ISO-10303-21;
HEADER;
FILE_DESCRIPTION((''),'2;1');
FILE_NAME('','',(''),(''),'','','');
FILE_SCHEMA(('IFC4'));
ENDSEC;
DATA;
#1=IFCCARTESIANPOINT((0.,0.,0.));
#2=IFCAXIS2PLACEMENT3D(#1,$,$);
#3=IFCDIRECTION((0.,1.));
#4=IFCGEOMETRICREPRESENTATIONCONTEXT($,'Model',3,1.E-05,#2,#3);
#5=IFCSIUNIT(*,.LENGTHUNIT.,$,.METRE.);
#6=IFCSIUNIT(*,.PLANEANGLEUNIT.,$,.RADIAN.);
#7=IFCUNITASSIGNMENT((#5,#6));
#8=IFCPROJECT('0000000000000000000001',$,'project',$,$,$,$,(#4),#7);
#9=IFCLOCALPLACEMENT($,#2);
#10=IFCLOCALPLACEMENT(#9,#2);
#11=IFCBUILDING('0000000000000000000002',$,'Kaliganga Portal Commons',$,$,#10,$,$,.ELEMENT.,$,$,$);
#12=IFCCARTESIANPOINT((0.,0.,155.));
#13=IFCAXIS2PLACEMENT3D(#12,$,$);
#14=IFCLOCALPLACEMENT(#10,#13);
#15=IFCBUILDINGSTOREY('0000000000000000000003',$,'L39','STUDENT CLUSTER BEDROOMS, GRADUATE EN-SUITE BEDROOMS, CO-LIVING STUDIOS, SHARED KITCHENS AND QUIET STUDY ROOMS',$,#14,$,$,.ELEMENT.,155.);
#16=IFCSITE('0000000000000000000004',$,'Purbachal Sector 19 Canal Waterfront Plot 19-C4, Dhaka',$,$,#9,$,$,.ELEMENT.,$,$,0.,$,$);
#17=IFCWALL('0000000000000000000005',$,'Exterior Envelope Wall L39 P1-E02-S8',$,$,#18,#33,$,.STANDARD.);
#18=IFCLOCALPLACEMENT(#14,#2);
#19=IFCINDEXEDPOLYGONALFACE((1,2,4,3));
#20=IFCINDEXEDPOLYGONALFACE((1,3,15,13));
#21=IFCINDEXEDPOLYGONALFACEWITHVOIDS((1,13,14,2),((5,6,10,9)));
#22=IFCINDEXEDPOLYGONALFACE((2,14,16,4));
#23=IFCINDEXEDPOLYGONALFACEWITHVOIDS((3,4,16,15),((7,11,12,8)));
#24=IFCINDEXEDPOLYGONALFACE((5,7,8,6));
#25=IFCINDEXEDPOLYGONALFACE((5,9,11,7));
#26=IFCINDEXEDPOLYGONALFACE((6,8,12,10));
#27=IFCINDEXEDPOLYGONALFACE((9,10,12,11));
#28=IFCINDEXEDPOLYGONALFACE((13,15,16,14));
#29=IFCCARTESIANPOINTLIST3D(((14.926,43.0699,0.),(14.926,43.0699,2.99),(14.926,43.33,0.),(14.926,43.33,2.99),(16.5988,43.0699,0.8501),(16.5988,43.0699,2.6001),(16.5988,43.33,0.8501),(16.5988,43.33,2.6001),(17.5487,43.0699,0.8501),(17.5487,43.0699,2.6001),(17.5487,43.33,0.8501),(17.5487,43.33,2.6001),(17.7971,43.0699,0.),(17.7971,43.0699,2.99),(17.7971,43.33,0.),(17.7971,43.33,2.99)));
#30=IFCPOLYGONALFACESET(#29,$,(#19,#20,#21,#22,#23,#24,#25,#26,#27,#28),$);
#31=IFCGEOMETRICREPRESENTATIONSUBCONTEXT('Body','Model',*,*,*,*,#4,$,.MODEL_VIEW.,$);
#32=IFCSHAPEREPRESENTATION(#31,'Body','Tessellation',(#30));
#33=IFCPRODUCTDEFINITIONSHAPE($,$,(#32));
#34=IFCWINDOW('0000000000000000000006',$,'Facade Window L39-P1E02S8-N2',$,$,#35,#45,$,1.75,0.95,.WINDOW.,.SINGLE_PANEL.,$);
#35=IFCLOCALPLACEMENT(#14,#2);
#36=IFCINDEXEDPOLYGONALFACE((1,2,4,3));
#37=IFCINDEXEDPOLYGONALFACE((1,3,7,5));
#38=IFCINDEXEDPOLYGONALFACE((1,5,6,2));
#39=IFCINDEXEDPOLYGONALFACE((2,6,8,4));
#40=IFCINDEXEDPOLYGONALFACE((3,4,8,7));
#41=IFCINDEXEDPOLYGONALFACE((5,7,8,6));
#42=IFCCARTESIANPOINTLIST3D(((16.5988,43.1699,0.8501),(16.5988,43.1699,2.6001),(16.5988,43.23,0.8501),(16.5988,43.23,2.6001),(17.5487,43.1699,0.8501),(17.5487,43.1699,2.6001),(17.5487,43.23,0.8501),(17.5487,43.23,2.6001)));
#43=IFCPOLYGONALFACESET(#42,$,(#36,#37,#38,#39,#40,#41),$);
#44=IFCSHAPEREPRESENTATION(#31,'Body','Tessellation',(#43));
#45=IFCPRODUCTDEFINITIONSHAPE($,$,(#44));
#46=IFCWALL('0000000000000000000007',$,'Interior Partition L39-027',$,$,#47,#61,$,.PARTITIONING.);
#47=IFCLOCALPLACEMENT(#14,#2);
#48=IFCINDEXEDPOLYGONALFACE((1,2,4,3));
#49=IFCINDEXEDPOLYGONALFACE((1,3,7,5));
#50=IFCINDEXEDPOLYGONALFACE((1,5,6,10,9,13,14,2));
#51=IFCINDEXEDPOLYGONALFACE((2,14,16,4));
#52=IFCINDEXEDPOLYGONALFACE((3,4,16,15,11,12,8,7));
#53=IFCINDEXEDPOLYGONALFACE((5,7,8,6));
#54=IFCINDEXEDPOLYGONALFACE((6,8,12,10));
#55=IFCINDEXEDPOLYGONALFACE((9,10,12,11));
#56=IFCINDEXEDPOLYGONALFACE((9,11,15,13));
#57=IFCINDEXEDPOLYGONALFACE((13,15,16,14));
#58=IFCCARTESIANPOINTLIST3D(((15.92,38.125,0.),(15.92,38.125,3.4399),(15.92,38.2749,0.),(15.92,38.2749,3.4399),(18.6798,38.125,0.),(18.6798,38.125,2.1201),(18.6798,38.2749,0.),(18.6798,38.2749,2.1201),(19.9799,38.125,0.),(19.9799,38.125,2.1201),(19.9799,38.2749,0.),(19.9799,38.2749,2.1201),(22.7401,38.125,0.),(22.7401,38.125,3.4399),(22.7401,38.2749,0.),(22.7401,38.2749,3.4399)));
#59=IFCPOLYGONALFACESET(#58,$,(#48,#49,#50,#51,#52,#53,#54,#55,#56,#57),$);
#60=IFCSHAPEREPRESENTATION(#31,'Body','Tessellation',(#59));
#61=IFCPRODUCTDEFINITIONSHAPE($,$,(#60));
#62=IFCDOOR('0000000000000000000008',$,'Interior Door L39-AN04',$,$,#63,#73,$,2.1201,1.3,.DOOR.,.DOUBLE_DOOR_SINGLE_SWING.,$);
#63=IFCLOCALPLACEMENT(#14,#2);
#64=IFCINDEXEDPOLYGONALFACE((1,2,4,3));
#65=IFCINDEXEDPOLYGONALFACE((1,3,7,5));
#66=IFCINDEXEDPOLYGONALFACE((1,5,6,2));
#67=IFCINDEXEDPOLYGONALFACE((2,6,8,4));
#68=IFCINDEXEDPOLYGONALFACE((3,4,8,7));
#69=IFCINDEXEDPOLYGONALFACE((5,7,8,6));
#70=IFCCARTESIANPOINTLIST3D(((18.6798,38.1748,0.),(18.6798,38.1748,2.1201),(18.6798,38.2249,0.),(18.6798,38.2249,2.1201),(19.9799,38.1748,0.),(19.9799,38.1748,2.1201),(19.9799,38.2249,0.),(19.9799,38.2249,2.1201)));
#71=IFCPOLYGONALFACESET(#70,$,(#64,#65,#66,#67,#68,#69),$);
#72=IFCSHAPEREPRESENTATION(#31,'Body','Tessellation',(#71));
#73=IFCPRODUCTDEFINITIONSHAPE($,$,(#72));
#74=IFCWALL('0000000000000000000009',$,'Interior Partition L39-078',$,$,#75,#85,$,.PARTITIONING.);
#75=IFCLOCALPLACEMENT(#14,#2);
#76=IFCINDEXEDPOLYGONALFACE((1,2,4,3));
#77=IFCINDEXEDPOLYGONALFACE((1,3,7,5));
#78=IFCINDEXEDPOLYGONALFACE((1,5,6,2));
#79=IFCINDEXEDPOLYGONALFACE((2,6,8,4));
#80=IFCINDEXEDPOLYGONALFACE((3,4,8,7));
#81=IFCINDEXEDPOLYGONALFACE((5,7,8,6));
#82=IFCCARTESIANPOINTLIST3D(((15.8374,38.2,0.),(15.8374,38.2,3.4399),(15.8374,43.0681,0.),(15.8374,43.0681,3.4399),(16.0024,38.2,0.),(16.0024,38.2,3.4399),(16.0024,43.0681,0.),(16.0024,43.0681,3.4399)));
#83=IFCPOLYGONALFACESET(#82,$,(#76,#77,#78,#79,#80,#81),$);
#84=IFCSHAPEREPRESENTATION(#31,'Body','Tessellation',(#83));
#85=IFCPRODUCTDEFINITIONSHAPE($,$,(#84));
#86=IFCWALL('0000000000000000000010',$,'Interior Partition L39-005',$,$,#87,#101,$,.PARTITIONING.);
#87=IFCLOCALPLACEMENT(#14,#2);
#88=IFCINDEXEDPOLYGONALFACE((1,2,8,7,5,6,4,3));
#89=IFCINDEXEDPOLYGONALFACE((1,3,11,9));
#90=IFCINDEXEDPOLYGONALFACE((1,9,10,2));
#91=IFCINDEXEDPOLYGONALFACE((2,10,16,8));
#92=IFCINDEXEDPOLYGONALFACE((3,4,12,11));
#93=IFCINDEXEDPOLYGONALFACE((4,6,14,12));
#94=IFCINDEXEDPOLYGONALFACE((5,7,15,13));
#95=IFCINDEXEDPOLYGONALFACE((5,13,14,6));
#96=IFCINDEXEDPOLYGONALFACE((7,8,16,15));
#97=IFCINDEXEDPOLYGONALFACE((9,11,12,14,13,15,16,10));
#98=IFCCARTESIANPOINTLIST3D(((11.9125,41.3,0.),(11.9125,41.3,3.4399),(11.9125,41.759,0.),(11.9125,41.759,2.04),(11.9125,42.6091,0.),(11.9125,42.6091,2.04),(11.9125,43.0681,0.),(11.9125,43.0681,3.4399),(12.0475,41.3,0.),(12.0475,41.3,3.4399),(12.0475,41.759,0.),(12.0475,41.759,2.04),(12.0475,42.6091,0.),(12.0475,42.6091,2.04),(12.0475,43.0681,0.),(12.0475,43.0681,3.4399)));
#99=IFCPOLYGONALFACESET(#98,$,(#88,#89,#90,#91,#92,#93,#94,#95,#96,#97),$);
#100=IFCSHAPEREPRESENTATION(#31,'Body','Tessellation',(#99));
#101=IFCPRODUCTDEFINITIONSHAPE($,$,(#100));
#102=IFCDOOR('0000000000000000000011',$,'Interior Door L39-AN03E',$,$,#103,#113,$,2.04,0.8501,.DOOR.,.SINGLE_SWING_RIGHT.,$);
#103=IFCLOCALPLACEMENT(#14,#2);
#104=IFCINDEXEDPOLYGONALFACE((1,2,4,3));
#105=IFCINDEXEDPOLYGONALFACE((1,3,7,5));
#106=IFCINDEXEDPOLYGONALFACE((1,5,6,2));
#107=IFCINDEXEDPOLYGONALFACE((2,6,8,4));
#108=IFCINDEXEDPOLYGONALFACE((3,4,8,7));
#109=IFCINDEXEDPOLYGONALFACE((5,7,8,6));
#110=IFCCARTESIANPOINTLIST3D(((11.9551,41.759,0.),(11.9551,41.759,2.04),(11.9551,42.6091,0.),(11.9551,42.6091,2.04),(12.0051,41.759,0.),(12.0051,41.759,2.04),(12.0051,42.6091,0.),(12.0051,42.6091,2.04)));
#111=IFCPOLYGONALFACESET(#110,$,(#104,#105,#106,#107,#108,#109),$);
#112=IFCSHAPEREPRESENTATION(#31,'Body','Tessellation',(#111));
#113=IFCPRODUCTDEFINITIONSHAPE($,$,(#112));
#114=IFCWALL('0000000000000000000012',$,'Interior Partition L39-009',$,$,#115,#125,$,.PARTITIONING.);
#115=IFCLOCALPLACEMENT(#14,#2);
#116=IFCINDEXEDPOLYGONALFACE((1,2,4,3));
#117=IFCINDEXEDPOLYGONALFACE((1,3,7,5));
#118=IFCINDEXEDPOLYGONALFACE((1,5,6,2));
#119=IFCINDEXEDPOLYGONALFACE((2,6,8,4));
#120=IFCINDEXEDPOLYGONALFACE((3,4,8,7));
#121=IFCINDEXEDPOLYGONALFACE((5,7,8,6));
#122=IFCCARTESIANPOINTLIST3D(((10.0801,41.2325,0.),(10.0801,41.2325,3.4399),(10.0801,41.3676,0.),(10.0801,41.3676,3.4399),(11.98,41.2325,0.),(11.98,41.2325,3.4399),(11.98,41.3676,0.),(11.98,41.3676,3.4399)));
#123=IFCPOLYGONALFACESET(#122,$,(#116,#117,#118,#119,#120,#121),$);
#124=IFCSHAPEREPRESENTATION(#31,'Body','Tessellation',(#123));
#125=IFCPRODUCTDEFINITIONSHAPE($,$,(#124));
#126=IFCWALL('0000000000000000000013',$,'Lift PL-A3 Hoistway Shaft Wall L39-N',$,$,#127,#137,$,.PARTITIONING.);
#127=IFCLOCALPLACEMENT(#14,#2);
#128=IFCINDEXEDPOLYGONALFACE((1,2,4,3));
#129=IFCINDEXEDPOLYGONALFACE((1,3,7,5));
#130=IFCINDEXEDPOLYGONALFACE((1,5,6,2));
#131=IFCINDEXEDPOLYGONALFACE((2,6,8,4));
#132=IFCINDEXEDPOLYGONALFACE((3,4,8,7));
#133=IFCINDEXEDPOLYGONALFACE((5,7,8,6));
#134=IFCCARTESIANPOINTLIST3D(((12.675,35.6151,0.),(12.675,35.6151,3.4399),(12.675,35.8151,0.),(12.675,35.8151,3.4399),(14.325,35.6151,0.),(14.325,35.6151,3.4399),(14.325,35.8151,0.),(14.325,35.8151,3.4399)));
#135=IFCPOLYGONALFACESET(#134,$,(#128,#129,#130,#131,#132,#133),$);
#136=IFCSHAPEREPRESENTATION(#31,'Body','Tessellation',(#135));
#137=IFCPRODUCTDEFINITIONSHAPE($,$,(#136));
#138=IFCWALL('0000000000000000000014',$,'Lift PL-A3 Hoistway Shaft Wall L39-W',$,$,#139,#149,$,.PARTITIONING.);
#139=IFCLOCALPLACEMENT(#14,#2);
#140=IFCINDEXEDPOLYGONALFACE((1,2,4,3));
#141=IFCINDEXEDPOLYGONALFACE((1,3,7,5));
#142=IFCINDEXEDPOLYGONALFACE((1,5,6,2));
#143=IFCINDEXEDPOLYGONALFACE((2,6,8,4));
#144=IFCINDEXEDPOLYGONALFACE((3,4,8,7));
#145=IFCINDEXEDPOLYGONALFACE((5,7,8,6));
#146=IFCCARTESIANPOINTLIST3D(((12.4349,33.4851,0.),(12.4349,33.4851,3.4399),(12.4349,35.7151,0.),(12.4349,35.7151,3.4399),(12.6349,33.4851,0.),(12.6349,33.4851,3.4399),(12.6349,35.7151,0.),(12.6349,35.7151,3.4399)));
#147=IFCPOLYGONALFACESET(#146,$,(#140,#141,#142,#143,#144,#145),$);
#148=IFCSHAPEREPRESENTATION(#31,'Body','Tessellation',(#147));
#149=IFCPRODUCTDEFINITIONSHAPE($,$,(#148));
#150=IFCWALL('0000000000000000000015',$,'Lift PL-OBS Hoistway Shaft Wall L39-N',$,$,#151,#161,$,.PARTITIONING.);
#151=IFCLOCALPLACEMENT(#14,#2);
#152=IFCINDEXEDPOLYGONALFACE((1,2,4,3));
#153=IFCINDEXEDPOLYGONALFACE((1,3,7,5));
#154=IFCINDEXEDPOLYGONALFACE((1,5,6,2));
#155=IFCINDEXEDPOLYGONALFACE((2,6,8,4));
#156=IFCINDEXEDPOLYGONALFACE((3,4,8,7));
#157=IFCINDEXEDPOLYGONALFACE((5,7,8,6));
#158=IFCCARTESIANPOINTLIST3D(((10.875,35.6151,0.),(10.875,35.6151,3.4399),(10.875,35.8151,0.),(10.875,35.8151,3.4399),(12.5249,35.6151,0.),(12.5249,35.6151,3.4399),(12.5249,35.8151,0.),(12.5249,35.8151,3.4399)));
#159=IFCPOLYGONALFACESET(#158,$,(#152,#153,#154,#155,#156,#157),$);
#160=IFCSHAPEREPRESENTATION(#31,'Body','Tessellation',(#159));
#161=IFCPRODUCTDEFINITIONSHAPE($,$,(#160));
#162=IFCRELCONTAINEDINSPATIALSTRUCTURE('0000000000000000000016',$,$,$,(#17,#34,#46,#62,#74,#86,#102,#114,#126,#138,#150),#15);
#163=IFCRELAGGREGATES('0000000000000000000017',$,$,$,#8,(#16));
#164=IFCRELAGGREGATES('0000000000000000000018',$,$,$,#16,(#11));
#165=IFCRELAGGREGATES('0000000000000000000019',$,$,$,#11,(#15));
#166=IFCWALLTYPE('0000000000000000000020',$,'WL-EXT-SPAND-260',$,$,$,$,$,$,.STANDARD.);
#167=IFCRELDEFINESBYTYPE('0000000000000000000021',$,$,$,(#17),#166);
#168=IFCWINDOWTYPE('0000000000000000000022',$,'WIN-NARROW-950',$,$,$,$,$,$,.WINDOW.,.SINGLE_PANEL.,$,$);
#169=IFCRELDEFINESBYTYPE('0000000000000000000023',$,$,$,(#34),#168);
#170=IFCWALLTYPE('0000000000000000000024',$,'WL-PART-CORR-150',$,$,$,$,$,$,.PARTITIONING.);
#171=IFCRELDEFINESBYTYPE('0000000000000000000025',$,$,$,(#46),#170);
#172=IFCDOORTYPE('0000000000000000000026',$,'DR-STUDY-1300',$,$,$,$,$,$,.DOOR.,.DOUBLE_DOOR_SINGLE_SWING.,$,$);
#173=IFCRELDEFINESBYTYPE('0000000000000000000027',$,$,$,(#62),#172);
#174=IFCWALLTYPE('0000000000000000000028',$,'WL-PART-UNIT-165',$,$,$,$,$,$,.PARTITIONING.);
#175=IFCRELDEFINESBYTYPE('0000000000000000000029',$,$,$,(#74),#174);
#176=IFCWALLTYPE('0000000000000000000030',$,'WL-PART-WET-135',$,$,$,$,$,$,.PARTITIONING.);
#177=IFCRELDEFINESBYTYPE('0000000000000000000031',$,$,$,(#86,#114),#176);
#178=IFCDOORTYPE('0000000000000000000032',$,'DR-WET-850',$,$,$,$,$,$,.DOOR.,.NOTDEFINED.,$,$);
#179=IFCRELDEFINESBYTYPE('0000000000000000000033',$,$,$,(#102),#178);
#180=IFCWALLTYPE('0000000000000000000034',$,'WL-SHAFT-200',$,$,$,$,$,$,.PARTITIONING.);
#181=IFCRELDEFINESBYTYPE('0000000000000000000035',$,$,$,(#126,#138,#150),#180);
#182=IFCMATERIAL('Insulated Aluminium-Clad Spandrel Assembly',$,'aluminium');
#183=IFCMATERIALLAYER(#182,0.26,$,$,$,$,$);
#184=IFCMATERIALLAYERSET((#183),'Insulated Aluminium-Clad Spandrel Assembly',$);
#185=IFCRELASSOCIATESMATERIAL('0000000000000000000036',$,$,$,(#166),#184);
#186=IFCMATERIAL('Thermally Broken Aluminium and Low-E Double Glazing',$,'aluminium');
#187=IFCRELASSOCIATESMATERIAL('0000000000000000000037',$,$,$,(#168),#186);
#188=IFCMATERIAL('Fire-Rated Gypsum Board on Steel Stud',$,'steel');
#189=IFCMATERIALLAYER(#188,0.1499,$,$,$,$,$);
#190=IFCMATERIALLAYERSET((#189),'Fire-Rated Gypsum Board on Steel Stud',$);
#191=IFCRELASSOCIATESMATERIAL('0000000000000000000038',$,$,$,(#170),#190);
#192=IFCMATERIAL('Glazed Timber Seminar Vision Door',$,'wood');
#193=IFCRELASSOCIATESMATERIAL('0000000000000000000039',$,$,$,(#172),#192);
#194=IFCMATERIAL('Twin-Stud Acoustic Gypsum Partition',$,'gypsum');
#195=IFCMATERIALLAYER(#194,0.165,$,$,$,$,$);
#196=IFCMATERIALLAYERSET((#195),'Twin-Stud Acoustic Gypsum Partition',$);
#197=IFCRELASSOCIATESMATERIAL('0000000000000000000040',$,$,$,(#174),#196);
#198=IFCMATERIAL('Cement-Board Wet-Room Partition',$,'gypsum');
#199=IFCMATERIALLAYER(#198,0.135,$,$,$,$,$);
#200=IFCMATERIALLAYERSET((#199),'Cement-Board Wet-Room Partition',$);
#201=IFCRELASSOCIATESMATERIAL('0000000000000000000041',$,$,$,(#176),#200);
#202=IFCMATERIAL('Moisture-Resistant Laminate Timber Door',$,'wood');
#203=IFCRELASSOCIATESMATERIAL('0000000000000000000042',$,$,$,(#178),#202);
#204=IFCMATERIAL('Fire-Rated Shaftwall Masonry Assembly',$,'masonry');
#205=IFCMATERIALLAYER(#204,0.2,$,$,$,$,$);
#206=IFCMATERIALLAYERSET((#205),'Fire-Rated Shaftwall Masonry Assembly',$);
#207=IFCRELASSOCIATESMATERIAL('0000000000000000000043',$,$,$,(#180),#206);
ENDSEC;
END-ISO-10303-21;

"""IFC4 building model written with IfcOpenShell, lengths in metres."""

from ifc_helpers import new_model, si_unit, direction, frame, frame_2d, origin, place, context, subcontext, project, spatial, rectangle, extrude, material, layer, layer_set, type_object, element, fill, save


model = new_model("IFC4")

# Units and contexts
model_context = context("Model", 3, precision=1e-05, world=origin(), true_north=direction((0.0, 1.0)))
body_context = subcontext(model_context, "Body", "Model", "MODEL_VIEW")
ifc_project = project(units=[si_unit("LENGTHUNIT", "METRE"), si_unit("PLANEANGLEUNIT", "RADIAN")], contexts=[model_context])

# Site, building, storey
site_placement = place(None, origin())
site = spatial("IfcSite", under=ifc_project, at=site_placement, Name="Purbachal Sector 19 Canal Waterfront Plot 19-C4, Dhaka", CompositionType="ELEMENT", RefElevation=0.0)
building_placement = place(site_placement, origin())
building = spatial("IfcBuilding", under=site, at=building_placement, Name="Kaliganga Portal Commons", CompositionType="ELEMENT")
storey_placement = place(building_placement, frame((0.0, 0.0, 155.0)))
storey = spatial("IfcBuildingStorey", under=building, at=storey_placement, Name="L39", Description="STUDENT CLUSTER BEDROOMS, GRADUATE EN-SUITE BEDROOMS, CO-LIVING STUDIOS, SHARED KITCHENS AND QUIET STUDY ROOMS", CompositionType="ELEMENT", Elevation=155.0)

# Wall, opening, window
ifc_material_1 = material(Name="Insulated Aluminium-Clad Spandrel Assembly", Category="aluminium")
ifc_layer_1 = layer(ifc_material_1, 0.26)
ifc_layer_set_1 = layer_set([ifc_layer_1], Name="Insulated Aluminium-Clad Spandrel Assembly")
wall_type_1 = type_object("IfcWallType", Name="WL-EXT-SPAND-260", PredefinedType="STANDARD", material=ifc_layer_set_1)
wall_1_placement = place(storey_placement, frame((14.926, 43.2, 0.0), z_axis=(0.0, 0.0, 1.0), x_axis=(1.0, 0.0, 0.0)))
wall_1 = element("IfcWall", 1, at=wall_1_placement, inside=storey, type_object=wall_type_1, Name="Exterior Envelope Wall L39 P1-E02-S8", PredefinedType="STANDARD", context=body_context, shape_type="SweptSolid", body=[
    extrude(rectangle(XDim=2.8711, YDim=0.26, at=frame_2d((1.4355, 0.0))), origin(), (0.0, 0.0, 1.0), 2.99),
])
opening_1_placement = place(wall_1_placement, frame((1.6726, 0.0, 0.8501)))
opening_1 = element("IfcOpeningElement", 2, at=opening_1_placement, cuts=wall_1, PredefinedType="OPENING", context=body_context, shape_type="SweptSolid", body=[
    extrude(rectangle(XDim=0.95, YDim=1.75, at=frame_2d((0.4751, 0.875))), frame((0.0, 0.1401, 0.0), z_axis=(0.0, -1.0, 0.0), x_axis=(1.0, 0.0, 0.0)), (0.0, 0.0, 1.0), 0.28),
])
ifc_material_2 = material(Name="Thermally Broken Aluminium and Low-E Double Glazing", Category="aluminium")
window_type = type_object("IfcWindowType", Name="WIN-NARROW-950", PartitioningType="SINGLE_PANEL", PredefinedType="WINDOW", material=ifc_material_2)
window_placement = place(opening_1_placement, origin())
window = element("IfcWindow", 3, at=window_placement, inside=storey, type_object=window_type, Name="Facade Window L39-P1E02S8-N2", OverallHeight=1.75, OverallWidth=0.95, PartitioningType="SINGLE_PANEL", PredefinedType="WINDOW", context=body_context, shape_type="SweptSolid", body=[
    extrude(rectangle(XDim=0.95, YDim=1.75, at=frame_2d((0.4751, 0.875))), frame((0.0, 0.03, 0.0), z_axis=(0.0, -1.0, 0.0), x_axis=(1.0, 0.0, 0.0)), (0.0, 0.0, 1.0), 0.0601),
])
fill(opening_1, window)

# Wall, opening, door
ifc_material_3 = material(Name="Fire-Rated Gypsum Board on Steel Stud", Category="steel")
ifc_layer_2 = layer(ifc_material_3, 0.1499)
ifc_layer_set_2 = layer_set([ifc_layer_2], Name="Fire-Rated Gypsum Board on Steel Stud")
wall_type_2 = type_object("IfcWallType", Name="WL-PART-CORR-150", PredefinedType="PARTITIONING", material=ifc_layer_set_2)
wall_2_placement = place(storey_placement, frame((15.9199, 38.2, 0.0), z_axis=(0.0, 0.0, 1.0), x_axis=(1.0, 0.0, 0.0)))
wall_2 = element("IfcWall", 4, at=wall_2_placement, inside=storey, type_object=wall_type_2, Name="Interior Partition L39-027", PredefinedType="PARTITIONING", context=body_context, shape_type="SweptSolid", body=[
    extrude(rectangle(XDim=6.8201, YDim=0.1499, at=frame_2d((3.4102, 0.0))), origin(), (0.0, 0.0, 1.0), 3.4399),
])
opening_2_placement = place(wall_2_placement, frame((2.76, 0.0, 0.0)))
opening_2 = element("IfcOpeningElement", 5, at=opening_2_placement, cuts=wall_2, PredefinedType="OPENING", context=body_context, shape_type="SweptSolid", body=[
    extrude(rectangle(XDim=1.3, YDim=2.1201, at=frame_2d((0.6499, 1.0601))), frame((0.0, 0.085, 0.0), z_axis=(0.0, -1.0, 0.0), x_axis=(1.0, 0.0, 0.0)), (0.0, 0.0, 1.0), 0.1699),
])
ifc_material_4 = material(Name="Glazed Timber Seminar Vision Door", Category="wood")
door_type_1 = type_object("IfcDoorType", Name="DR-STUDY-1300", OperationType="DOUBLE_DOOR_SINGLE_SWING", PredefinedType="DOOR", material=ifc_material_4)
door_1_placement = place(opening_2_placement, origin())
door_1 = element("IfcDoor", 6, at=door_1_placement, inside=storey, type_object=door_type_1, Name="Interior Door L39-AN04", OperationType="DOUBLE_DOOR_SINGLE_SWING", OverallHeight=2.1201, OverallWidth=1.3, PredefinedType="DOOR", context=body_context, shape_type="SweptSolid", body=[
    extrude(rectangle(XDim=1.3, YDim=2.1201, at=frame_2d((0.6499, 1.0601))), frame((0.0, 0.0249, 0.0), z_axis=(0.0, -1.0, 0.0), x_axis=(1.0, 0.0, 0.0)), (0.0, 0.0, 1.0), 0.05),
])
fill(opening_2, door_1)

# Wall
ifc_material_5 = material(Name="Twin-Stud Acoustic Gypsum Partition", Category="gypsum")
ifc_layer_3 = layer(ifc_material_5, 0.165)
ifc_layer_set_3 = layer_set([ifc_layer_3], Name="Twin-Stud Acoustic Gypsum Partition")
wall_type_3 = type_object("IfcWallType", Name="WL-PART-UNIT-165", PredefinedType="PARTITIONING", material=ifc_layer_set_3)
wall_3_placement = place(storey_placement, frame((15.9199, 38.2, 0.0), z_axis=(0.0, 0.0, 1.0), x_axis=(0.0, 1.0, 0.0)))
element("IfcWall", 7, at=wall_3_placement, inside=storey, type_object=wall_type_3, Name="Interior Partition L39-078", PredefinedType="PARTITIONING", context=body_context, shape_type="SweptSolid", body=[
    extrude(rectangle(XDim=4.8682, YDim=0.165, at=frame_2d((2.4341, 0.0))), origin(), (0.0, 0.0, 1.0), 3.4399),
])

# Wall, opening, door
ifc_material_6 = material(Name="Cement-Board Wet-Room Partition", Category="gypsum")
ifc_layer_4 = layer(ifc_material_6, 0.135)
ifc_layer_set_4 = layer_set([ifc_layer_4], Name="Cement-Board Wet-Room Partition")
wall_type_4 = type_object("IfcWallType", Name="WL-PART-WET-135", PredefinedType="PARTITIONING", material=ifc_layer_set_4)
wall_4_placement = place(storey_placement, frame((11.98, 41.3, 0.0), z_axis=(0.0, 0.0, 1.0), x_axis=(0.0, 1.0, 0.0)))
wall_4 = element("IfcWall", 8, at=wall_4_placement, inside=storey, type_object=wall_type_4, Name="Interior Partition L39-005", PredefinedType="PARTITIONING", context=body_context, shape_type="SweptSolid", body=[
    extrude(rectangle(XDim=1.7681, YDim=0.135, at=frame_2d((0.884, 0.0))), origin(), (0.0, 0.0, 1.0), 3.4399),
])
opening_3_placement = place(wall_4_placement, frame((0.459, 0.0, 0.0)))
opening_3 = element("IfcOpeningElement", 9, at=opening_3_placement, cuts=wall_4, PredefinedType="OPENING", context=body_context, shape_type="SweptSolid", body=[
    extrude(rectangle(XDim=0.8501, YDim=2.04, at=frame_2d((0.425, 1.02))), frame((0.0, 0.0776, 0.0), z_axis=(0.0, -1.0, 0.0), x_axis=(1.0, 0.0, 0.0)), (0.0, 0.0, 1.0), 0.155),
])
ifc_material_7 = material(Name="Moisture-Resistant Laminate Timber Door", Category="wood")
door_type_2 = type_object("IfcDoorType", Name="DR-WET-850", OperationType="NOTDEFINED", PredefinedType="DOOR", material=ifc_material_7)
door_2_placement = place(opening_3_placement, origin())
door_2 = element("IfcDoor", 10, at=door_2_placement, inside=storey, type_object=door_type_2, Name="Interior Door L39-AN03E", OperationType="SINGLE_SWING_RIGHT", OverallHeight=2.04, OverallWidth=0.8501, PredefinedType="DOOR", context=body_context, shape_type="SweptSolid", body=[
    extrude(rectangle(XDim=0.8501, YDim=2.04, at=frame_2d((0.425, 1.02))), frame((0.0, 0.0249, 0.0), z_axis=(0.0, -1.0, 0.0), x_axis=(1.0, 0.0, 0.0)), (0.0, 0.0, 1.0), 0.05),
])
fill(opening_3, door_2)

# Wall
wall_5_placement = place(storey_placement, frame((10.0801, 41.3, 0.0), z_axis=(0.0, 0.0, 1.0), x_axis=(1.0, 0.0, 0.0)))
element("IfcWall", 11, at=wall_5_placement, inside=storey, type_object=wall_type_4, Name="Interior Partition L39-009", PredefinedType="PARTITIONING", context=body_context, shape_type="SweptSolid", body=[
    extrude(rectangle(XDim=1.8999, YDim=0.135, at=frame_2d((0.95, 0.0))), origin(), (0.0, 0.0, 1.0), 3.4399),
])

# Shared definitions
ifc_material_8 = material(Name="Fire-Rated Shaftwall Masonry Assembly", Category="masonry")
ifc_layer_5 = layer(ifc_material_8, 0.2)
ifc_layer_set_5 = layer_set([ifc_layer_5], Name="Fire-Rated Shaftwall Masonry Assembly")
wall_type_5 = type_object("IfcWallType", Name="WL-SHAFT-200", PredefinedType="PARTITIONING", material=ifc_layer_set_5)

# Walls
wall_6_placement = place(storey_placement, frame((12.675, 35.7151, 0.0), z_axis=(0.0, 0.0, 1.0), x_axis=(1.0, 0.0, 0.0)))
element("IfcWall", 12, at=wall_6_placement, inside=storey, type_object=wall_type_5, Name="Lift PL-A3 Hoistway Shaft Wall L39-N", PredefinedType="PARTITIONING", context=body_context, shape_type="SweptSolid", body=[
    extrude(rectangle(XDim=1.6499, YDim=0.2, at=frame_2d((0.825, 0.0))), origin(), (0.0, 0.0, 1.0), 3.4399),
])
wall_7_placement = place(storey_placement, frame((12.5349, 33.4851, 0.0), z_axis=(0.0, 0.0, 1.0), x_axis=(0.0, 1.0, 0.0)))
element("IfcWall", 13, at=wall_7_placement, inside=storey, type_object=wall_type_5, Name="Lift PL-A3 Hoistway Shaft Wall L39-W", PredefinedType="PARTITIONING", context=body_context, shape_type="SweptSolid", body=[
    extrude(rectangle(XDim=2.23, YDim=0.2, at=frame_2d((1.115, 0.0))), origin(), (0.0, 0.0, 1.0), 3.4399),
])

# Wall
wall_8_placement = place(storey_placement, frame((10.875, 35.7151, 0.0), z_axis=(0.0, 0.0, 1.0), x_axis=(1.0, 0.0, 0.0)))
element("IfcWall", 14, at=wall_8_placement, inside=storey, type_object=wall_type_5, Name="Lift PL-OBS Hoistway Shaft Wall L39-N", PredefinedType="PARTITIONING", context=body_context, shape_type="SweptSolid", body=[
    extrude(rectangle(XDim=1.6499, YDim=0.2, at=frame_2d((0.825, 0.0))), origin(), (0.0, 0.0, 1.0), 3.4399),
])

save(model, "model.ifc")
